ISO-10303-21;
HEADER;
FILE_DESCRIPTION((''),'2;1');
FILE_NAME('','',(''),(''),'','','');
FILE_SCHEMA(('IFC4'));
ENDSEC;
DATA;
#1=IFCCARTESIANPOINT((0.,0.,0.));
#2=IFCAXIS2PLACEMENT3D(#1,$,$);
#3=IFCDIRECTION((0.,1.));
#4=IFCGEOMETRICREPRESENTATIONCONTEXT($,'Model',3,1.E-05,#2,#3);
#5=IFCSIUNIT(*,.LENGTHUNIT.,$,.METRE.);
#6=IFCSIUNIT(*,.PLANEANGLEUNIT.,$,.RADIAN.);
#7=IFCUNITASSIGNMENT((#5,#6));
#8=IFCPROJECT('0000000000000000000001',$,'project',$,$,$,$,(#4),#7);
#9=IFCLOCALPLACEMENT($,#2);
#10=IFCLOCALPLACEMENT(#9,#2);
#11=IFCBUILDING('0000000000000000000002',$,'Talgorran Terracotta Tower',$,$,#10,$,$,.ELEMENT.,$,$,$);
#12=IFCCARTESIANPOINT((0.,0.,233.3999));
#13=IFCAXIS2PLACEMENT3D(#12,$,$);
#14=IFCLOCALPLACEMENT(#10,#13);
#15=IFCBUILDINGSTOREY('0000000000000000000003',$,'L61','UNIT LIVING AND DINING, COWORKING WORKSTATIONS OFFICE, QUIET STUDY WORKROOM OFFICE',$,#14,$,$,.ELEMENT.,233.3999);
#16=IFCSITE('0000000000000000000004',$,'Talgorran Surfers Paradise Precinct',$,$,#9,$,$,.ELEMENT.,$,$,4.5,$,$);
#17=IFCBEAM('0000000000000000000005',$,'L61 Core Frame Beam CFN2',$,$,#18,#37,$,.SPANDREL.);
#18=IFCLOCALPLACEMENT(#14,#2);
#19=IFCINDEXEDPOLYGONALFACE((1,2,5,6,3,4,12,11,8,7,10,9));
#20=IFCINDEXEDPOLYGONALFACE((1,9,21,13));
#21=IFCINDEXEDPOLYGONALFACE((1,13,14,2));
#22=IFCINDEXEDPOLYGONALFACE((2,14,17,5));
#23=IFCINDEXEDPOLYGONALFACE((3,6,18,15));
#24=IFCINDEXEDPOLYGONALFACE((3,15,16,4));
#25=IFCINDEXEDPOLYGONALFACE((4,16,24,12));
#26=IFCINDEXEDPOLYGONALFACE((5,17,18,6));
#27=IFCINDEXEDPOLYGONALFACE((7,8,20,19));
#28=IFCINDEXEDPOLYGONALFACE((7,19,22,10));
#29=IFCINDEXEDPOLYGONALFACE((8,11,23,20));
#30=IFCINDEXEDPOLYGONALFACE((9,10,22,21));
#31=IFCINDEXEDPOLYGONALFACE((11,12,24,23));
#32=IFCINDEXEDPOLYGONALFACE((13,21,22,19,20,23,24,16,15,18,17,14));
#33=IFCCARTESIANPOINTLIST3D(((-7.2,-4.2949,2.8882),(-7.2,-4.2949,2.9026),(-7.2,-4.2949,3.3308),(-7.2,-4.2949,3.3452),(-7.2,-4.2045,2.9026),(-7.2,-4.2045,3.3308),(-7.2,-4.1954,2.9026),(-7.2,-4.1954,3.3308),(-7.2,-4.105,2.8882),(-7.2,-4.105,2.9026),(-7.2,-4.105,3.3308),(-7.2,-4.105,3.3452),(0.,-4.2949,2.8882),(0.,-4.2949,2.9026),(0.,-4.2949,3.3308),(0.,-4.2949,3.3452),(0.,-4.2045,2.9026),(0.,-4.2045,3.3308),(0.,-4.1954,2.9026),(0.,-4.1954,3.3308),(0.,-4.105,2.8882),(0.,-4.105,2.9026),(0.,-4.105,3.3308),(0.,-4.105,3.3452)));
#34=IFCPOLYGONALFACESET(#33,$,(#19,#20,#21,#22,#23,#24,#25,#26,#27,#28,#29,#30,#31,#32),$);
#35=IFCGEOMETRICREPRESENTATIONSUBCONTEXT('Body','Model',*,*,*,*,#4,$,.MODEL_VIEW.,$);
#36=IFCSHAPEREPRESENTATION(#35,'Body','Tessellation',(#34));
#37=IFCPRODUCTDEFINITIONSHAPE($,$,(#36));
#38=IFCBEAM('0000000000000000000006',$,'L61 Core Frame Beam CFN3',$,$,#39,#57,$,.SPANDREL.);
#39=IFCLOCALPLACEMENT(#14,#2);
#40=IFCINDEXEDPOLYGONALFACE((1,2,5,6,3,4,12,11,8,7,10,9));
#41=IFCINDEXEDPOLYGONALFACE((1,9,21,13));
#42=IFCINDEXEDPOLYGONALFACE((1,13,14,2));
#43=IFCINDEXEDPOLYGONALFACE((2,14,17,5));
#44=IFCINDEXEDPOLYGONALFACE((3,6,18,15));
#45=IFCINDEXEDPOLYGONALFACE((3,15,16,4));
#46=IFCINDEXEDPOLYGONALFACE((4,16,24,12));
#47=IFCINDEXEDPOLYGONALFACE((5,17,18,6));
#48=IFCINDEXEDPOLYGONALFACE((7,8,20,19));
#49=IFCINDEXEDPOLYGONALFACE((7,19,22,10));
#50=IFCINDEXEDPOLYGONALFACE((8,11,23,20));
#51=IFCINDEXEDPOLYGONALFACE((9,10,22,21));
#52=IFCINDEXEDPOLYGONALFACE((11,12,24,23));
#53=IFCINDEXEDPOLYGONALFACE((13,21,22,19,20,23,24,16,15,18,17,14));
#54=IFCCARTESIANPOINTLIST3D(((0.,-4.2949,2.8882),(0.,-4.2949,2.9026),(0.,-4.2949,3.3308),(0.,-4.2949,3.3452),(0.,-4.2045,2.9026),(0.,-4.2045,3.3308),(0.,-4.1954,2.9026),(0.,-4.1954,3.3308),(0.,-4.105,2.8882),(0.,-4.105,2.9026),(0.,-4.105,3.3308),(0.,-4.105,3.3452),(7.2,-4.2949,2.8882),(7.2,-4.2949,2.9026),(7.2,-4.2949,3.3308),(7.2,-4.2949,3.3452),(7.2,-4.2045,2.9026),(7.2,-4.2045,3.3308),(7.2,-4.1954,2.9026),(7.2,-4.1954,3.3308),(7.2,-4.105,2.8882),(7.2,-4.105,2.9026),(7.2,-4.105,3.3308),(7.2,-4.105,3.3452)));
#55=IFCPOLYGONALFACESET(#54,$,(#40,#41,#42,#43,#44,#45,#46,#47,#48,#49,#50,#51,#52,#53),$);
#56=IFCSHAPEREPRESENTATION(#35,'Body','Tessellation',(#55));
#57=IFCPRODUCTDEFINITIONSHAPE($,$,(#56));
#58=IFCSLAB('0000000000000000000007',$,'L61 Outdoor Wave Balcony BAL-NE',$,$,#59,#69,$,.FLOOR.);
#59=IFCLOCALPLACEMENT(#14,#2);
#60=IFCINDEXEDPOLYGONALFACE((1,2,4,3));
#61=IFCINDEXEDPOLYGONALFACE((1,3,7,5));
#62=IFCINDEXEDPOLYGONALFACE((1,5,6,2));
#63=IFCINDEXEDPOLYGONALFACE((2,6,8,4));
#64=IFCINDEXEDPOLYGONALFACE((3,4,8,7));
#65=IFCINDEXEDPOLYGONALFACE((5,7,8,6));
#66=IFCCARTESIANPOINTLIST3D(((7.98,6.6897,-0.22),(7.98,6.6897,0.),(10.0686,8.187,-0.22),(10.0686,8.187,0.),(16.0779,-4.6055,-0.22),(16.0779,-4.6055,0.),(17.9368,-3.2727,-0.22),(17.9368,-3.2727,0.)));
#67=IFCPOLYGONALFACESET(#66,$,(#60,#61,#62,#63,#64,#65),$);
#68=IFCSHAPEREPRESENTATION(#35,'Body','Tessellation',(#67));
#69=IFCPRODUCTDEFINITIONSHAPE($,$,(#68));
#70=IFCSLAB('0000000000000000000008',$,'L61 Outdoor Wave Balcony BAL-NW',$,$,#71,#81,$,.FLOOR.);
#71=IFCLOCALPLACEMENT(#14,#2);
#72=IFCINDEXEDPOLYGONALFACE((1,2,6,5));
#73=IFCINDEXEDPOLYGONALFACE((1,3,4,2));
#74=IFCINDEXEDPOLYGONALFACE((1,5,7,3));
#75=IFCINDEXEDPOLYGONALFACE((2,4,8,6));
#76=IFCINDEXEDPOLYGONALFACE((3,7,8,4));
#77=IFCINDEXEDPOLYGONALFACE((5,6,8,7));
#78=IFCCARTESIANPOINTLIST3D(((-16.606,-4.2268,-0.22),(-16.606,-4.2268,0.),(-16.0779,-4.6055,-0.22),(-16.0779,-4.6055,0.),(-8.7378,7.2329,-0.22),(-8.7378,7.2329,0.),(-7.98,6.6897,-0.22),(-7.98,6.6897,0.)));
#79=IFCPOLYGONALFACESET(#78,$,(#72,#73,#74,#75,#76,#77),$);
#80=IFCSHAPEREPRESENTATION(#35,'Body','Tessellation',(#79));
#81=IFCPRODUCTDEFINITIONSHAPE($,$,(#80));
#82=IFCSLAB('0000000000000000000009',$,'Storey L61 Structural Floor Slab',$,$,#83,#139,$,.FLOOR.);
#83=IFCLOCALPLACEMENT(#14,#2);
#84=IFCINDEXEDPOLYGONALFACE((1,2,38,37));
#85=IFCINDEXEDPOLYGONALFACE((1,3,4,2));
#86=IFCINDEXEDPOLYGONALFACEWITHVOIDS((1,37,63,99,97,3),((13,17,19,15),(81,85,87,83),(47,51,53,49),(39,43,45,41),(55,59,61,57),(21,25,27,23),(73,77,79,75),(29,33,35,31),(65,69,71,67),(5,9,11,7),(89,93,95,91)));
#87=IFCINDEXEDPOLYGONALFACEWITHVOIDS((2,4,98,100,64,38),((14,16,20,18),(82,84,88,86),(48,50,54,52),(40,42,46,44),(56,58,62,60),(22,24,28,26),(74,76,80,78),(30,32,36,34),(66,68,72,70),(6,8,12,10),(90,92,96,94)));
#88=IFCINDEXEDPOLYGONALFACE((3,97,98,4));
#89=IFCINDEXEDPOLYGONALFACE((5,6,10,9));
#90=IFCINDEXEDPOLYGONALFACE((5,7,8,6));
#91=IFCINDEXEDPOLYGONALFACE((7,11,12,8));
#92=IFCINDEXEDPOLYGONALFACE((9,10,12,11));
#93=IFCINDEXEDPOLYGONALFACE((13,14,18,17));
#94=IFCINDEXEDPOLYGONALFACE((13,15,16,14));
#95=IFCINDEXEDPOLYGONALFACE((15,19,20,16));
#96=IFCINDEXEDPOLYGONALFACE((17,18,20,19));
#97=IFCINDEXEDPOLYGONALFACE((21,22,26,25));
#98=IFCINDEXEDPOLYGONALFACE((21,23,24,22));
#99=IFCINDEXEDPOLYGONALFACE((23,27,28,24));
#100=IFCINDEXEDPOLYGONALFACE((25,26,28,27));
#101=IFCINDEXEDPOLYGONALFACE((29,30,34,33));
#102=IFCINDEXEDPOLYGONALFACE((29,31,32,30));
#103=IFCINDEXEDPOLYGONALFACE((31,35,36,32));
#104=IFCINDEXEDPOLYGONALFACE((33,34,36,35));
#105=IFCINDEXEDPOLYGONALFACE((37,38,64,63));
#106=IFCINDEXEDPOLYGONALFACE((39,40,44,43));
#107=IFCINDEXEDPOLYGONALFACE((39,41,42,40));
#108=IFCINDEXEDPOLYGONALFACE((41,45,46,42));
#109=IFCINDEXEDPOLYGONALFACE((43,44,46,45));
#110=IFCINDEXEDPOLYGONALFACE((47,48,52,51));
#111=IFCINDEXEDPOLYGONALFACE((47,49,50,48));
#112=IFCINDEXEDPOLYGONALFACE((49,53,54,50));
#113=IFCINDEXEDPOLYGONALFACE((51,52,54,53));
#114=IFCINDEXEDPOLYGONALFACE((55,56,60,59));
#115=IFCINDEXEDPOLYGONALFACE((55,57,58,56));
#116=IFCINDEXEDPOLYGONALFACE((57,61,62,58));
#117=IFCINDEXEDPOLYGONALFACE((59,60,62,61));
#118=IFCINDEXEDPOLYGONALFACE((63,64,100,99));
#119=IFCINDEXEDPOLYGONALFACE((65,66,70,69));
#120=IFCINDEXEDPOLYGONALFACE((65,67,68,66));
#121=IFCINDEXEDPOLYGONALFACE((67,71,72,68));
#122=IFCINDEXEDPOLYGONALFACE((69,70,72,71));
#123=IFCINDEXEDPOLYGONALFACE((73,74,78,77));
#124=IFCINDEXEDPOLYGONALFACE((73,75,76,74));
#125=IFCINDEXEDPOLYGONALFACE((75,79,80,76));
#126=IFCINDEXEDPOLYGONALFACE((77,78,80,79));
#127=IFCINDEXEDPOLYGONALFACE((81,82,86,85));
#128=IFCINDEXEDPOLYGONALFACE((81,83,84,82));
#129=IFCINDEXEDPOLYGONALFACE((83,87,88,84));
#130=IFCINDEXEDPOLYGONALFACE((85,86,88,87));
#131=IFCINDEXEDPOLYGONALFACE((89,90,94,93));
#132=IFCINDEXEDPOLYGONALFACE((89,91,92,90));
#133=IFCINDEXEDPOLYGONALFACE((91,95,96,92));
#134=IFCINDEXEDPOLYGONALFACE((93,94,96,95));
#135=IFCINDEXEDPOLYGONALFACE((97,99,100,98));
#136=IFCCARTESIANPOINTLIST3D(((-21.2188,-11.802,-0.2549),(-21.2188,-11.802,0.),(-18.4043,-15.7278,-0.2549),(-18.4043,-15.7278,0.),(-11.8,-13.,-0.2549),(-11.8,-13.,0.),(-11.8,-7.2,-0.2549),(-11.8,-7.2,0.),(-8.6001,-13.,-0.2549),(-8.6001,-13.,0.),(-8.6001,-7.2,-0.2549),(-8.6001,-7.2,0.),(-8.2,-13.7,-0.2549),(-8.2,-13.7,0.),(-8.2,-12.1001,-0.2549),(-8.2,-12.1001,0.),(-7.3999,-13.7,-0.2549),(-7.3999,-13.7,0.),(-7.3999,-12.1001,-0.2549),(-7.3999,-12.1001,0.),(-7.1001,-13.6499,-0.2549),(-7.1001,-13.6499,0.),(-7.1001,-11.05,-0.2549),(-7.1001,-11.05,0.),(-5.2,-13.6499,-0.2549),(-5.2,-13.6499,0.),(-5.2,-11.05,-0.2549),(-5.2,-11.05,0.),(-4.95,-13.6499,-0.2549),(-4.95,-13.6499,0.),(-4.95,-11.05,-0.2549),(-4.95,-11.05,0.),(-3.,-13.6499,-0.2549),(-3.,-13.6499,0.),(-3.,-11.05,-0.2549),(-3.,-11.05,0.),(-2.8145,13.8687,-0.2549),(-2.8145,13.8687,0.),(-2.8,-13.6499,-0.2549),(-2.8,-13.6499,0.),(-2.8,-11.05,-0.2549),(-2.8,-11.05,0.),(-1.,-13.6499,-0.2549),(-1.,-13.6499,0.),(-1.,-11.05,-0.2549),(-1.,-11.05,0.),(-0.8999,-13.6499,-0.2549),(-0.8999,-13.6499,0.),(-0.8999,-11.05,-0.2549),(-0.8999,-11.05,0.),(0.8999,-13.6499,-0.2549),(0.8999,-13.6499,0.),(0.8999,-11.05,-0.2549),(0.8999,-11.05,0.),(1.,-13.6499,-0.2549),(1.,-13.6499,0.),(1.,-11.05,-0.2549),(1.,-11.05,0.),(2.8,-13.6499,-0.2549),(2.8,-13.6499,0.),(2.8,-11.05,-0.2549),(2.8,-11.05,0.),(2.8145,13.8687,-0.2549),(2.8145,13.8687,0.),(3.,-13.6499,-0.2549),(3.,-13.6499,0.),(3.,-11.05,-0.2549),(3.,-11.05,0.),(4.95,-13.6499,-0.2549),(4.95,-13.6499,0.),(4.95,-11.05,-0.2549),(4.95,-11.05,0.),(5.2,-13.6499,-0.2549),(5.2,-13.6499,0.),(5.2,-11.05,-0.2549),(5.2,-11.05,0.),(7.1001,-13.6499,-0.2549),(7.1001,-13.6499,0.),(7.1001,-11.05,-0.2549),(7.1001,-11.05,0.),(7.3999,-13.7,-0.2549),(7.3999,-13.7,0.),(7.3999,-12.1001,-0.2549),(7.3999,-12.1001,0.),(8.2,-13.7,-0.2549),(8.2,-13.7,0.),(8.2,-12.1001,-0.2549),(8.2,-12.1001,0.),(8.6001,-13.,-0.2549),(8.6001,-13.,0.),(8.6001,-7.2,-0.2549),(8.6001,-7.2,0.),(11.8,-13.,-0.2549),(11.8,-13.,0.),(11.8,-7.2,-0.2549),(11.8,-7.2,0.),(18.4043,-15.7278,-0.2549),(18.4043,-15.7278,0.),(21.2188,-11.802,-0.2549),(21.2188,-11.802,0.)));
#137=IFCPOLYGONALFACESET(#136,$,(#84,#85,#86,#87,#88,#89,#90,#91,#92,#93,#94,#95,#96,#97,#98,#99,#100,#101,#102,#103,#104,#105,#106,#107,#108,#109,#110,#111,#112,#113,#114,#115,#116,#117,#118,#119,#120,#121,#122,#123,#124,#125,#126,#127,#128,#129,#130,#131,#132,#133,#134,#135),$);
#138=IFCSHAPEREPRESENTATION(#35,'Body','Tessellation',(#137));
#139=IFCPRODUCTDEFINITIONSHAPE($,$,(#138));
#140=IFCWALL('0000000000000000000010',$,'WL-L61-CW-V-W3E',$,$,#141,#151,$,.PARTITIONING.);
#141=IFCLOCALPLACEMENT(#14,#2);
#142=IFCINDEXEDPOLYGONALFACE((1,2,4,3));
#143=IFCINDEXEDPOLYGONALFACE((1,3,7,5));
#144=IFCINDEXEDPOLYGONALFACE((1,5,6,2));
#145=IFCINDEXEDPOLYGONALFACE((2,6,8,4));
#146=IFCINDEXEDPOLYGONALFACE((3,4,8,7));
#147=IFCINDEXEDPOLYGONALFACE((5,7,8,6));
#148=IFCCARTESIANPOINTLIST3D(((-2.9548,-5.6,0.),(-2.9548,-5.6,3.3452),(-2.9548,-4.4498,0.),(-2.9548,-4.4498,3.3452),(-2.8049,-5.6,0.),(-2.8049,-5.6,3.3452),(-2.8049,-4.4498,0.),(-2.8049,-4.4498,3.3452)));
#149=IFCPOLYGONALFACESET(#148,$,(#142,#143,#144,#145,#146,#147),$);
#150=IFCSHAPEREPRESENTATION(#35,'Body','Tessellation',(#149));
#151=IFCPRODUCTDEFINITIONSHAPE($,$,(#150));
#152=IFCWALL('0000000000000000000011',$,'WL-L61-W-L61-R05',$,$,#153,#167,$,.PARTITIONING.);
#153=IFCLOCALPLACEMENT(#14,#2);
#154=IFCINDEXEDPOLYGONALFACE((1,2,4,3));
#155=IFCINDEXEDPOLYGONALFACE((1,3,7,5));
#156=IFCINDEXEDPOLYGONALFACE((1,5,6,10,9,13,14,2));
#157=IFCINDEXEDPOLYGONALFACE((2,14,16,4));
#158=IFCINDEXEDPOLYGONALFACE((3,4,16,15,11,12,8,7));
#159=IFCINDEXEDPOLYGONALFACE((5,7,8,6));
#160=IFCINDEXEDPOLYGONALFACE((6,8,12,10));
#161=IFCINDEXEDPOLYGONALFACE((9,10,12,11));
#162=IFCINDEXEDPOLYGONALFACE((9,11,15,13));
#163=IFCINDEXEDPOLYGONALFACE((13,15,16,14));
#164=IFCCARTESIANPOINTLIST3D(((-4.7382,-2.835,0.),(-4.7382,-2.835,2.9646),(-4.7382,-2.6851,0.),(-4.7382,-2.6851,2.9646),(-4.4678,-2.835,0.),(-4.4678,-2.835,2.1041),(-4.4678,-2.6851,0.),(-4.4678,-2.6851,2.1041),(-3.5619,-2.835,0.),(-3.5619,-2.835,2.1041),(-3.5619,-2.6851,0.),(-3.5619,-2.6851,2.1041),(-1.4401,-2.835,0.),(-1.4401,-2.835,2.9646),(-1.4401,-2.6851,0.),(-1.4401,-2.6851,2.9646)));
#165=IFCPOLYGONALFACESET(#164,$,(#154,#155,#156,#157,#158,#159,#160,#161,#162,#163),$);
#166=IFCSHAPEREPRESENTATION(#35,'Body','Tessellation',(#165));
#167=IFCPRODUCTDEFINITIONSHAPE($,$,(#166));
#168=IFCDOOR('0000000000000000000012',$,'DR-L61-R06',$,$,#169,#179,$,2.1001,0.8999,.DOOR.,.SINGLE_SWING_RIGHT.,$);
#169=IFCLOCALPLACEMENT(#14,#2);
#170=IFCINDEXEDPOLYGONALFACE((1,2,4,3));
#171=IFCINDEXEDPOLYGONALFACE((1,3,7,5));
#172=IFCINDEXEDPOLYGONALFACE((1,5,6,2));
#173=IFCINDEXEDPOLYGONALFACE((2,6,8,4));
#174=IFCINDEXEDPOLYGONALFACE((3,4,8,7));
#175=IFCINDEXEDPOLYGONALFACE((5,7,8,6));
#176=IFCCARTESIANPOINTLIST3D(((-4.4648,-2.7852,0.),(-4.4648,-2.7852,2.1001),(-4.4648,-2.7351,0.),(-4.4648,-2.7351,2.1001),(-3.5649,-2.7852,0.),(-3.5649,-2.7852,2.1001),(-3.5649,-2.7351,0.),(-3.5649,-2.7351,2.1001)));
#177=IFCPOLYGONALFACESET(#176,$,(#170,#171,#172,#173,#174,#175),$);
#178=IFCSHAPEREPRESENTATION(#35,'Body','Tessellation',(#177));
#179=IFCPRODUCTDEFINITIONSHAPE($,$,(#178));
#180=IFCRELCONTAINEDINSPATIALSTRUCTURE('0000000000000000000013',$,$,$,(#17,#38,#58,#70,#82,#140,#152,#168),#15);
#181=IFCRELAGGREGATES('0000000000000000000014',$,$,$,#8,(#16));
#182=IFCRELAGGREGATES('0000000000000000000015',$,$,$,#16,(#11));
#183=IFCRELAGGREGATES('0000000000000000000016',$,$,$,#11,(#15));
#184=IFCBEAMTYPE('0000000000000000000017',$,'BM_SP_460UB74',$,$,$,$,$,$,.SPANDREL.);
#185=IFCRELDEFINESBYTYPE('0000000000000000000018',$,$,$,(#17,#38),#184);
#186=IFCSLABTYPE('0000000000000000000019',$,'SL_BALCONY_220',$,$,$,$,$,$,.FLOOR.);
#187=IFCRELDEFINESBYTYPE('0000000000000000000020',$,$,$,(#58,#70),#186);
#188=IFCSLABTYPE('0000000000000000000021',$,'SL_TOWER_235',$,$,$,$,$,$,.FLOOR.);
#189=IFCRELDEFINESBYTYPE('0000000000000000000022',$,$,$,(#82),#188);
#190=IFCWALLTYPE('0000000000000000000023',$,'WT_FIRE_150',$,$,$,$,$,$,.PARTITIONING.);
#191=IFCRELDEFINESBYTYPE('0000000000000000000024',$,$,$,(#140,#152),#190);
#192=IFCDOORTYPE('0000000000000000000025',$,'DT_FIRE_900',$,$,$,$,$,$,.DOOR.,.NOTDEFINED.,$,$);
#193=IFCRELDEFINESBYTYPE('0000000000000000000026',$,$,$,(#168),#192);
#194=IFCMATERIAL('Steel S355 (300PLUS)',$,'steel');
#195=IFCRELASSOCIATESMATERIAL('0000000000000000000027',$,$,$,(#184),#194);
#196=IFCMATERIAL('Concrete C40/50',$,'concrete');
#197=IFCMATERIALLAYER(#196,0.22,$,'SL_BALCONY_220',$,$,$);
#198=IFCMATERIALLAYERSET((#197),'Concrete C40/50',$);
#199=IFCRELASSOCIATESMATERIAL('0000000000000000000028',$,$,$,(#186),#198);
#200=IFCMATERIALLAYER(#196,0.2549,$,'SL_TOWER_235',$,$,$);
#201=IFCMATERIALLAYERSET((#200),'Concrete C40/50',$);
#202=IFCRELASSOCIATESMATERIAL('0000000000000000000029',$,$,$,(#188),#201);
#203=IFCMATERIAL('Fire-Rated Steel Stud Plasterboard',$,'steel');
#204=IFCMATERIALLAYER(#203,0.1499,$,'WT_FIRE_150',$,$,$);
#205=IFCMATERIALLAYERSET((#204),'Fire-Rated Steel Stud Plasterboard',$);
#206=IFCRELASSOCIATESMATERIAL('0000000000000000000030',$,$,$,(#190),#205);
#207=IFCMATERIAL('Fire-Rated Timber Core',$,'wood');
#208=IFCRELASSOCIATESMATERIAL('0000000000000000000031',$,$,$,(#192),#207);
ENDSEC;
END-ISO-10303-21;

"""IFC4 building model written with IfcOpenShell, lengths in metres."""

from ifc_helpers import new_model, si_unit, direction, frame, frame_2d, origin, origin_2d, place, context, subcontext, project, spatial, polyline, rectangle, i_section, outline, extrude, material, layer, layer_set, material_profile, profile_set, type_object, element, fill, save


model = new_model("IFC4")

# Units and contexts
model_context = context("Model", 3, precision=1e-05, world=origin(), true_north=direction((0.0, 1.0)))
body_context = subcontext(model_context, "Body", "Model", "MODEL_VIEW")
ifc_project = project(units=[si_unit("LENGTHUNIT", "METRE"), si_unit("PLANEANGLEUNIT", "RADIAN")], contexts=[model_context])

# Site, building, storey
site_placement = place(None, origin())
site = spatial("IfcSite", under=ifc_project, at=site_placement, Name="Talgorran Surfers Paradise Precinct", CompositionType="ELEMENT", RefElevation=4.5)
building_placement = place(site_placement, origin())
building = spatial("IfcBuilding", under=site, at=building_placement, Name="Talgorran Terracotta Tower", CompositionType="ELEMENT")
storey_placement = place(building_placement, frame((0.0, 0.0, 233.3999)))
storey = spatial("IfcBuildingStorey", under=building, at=storey_placement, Name="L61", Description="UNIT LIVING AND DINING, COWORKING WORKSTATIONS OFFICE, QUIET STUDY WORKROOM OFFICE", CompositionType="ELEMENT", Elevation=233.3999)

# Shared definitions
ifc_material_1 = material(Name="Steel S355 (300PLUS)", Category="steel")

# Beams
ifc_material_profile_1 = material_profile(ifc_material_1, i_section(OverallWidth=0.1899, OverallDepth=0.457, WebThickness=0.009, FlangeThickness=0.0144, at=origin_2d()), Name="460UB74.6")
ifc_profile_set_1 = profile_set([ifc_material_profile_1], Name="Steel S355 (300PLUS)")
beam_type_1 = type_object("IfcBeamType", Name="BM_SP_460UB74", PredefinedType="SPANDREL", material=ifc_profile_set_1)
for number, where, z_axis, x_axis, name in (
    (1, (-7.2, -4.2, 3.1167), (1.0, 0.0, 0.0), (0.0, 1.0, 0.0), "L61 Core Frame Beam CFN2"),
    (2, (0.0, -4.2, 3.1167), (1.0, 0.0, 0.0), (0.0, 1.0, 0.0), "L61 Core Frame Beam CFN3"),
):
    element("IfcBeam", number, at=place(storey_placement, frame(where, z_axis=z_axis, x_axis=x_axis)), inside=storey, type_object=beam_type_1, Name=name, PredefinedType="SPANDREL", context=body_context, shape_type="SweptSolid", body=[
        extrude(i_section(OverallWidth=0.1899, OverallDepth=0.457, WebThickness=0.009, FlangeThickness=0.0144, at=origin_2d()), origin(), (0.0, 0.0, 1.0), 7.2),
    ])

# Slabs
ifc_material_2 = material(Name="Concrete C40/50", Category="concrete")
ifc_layer_1 = layer(ifc_material_2, 0.22, Name="SL_BALCONY_220")
ifc_layer_set_1 = layer_set([ifc_layer_1], Name="Concrete C40/50")
slab_type_1 = type_object("IfcSlabType", Name="SL_BALCONY_220", PredefinedType="FLOOR", material=ifc_layer_set_1)
slab_1_placement = place(storey_placement, frame((0.0, 0.0, -0.22)))
element("IfcSlab", 3, at=slab_1_placement, inside=storey, type_object=slab_type_1, Name="L61 Outdoor Wave Balcony BAL-NE", PredefinedType="FLOOR", context=body_context, shape_type="SweptSolid", body=[
    extrude(outline(polyline([(7.98, 6.6897), (16.0779, -4.6055), (17.9368, -3.2727), (10.0686, 8.187), (7.98, 6.6897)])), origin(), (0.0, 0.0, 1.0), 0.22),
])
slab_2_placement = place(storey_placement, frame((0.0, 0.0, -0.22)))
element("IfcSlab", 4, at=slab_2_placement, inside=storey, type_object=slab_type_1, Name="L61 Outdoor Wave Balcony BAL-NW", PredefinedType="FLOOR", context=body_context, shape_type="SweptSolid", body=[
    extrude(outline(polyline([(-16.0779, -4.6055), (-7.98, 6.6897), (-8.7378, 7.2329), (-16.606, -4.2268), (-16.0779, -4.6055)])), origin(), (0.0, 0.0, 1.0), 0.22),
])
ifc_layer_2 = layer(ifc_material_2, 0.2549, Name="SL_TOWER_235")
ifc_layer_set_2 = layer_set([ifc_layer_2], Name="Concrete C40/50")
slab_type_2 = type_object("IfcSlabType", Name="SL_TOWER_235", PredefinedType="FLOOR", material=ifc_layer_set_2)
slab_3_placement = place(storey_placement, frame((0.0, 0.0, -0.2549)))
element("IfcSlab", 5, at=slab_3_placement, inside=storey, type_object=slab_type_2, Name="Storey L61 Structural Floor Slab", PredefinedType="FLOOR", context=body_context, shape_type="SweptSolid", body=[
    extrude(outline(polyline([(-21.2188, -11.802), (-18.4043, -15.7278), (18.4043, -15.7278), (21.2188, -11.802), (2.8145, 13.8687), (-2.8145, 13.8687), (-21.2188, -11.802)]), holes=[polyline([(-11.8, -7.2), (-11.8, -13.0), (-8.6001, -13.0), (-8.6001, -7.2), (-11.8, -7.2)]), polyline([(8.6001, -7.2), (8.6001, -13.0), (11.8, -13.0), (11.8, -7.2), (8.6001, -7.2)]), polyline([(-7.1001, -13.6499), (-5.2, -13.6499), (-5.2, -11.05), (-7.1001, -11.05), (-7.1001, -13.6499)]), polyline([(5.2, -13.6499), (7.1001, -13.6499), (7.1001, -11.05), (5.2, -11.05), (5.2, -13.6499)]), polyline([(3.0, -13.6499), (4.95, -13.6499), (4.95, -11.05), (3.0, -11.05), (3.0, -13.6499)]), polyline([(-4.95, -13.6499), (-3.0, -13.6499), (-3.0, -11.05), (-4.95, -11.05), (-4.95, -13.6499)]), polyline([(-2.8, -13.6499), (-1.0, -13.6499), (-1.0, -11.05), (-2.8, -11.05), (-2.8, -13.6499)]), polyline([(-0.8999, -13.6499), (0.8999, -13.6499), (0.8999, -11.05), (-0.8999, -11.05), (-0.8999, -13.6499)]), polyline([(1.0, -13.6499), (2.8, -13.6499), (2.8, -11.05), (1.0, -11.05), (1.0, -13.6499)]), polyline([(-8.2, -13.7), (-7.3999, -13.7), (-7.3999, -12.1001), (-8.2, -12.1001), (-8.2, -13.7)]), polyline([(7.3999, -13.7), (8.2, -13.7), (8.2, -12.1001), (7.3999, -12.1001), (7.3999, -13.7)])]), origin(), (0.0, 0.0, 1.0), 0.2549),
])

# Wall
ifc_material_3 = material(Name="Fire-Rated Steel Stud Plasterboard", Category="steel")
ifc_layer_3 = layer(ifc_material_3, 0.1499, Name="WT_FIRE_150")
ifc_layer_set_3 = layer_set([ifc_layer_3], Name="Fire-Rated Steel Stud Plasterboard")
wall_type_1 = type_object("IfcWallType", Name="WT_FIRE_150", PredefinedType="PARTITIONING", material=ifc_layer_set_3)
wall_1_placement = place(storey_placement, frame((-2.8799, -5.6001, 0.0), z_axis=(0.0, 0.0, 1.0), x_axis=(0.0, 1.0, 0.0)))
element("IfcWall", 6, at=wall_1_placement, inside=storey, type_object=wall_type_1, Name="WL-L61-CW-V-W3E", PredefinedType="PARTITIONING", context=body_context, shape_type="SweptSolid", body=[
    extrude(rectangle(XDim=1.1501, YDim=0.1499, at=frame_2d((0.5752, 0.0))), origin(), (0.0, 0.0, 1.0), 3.3452),
])

# Wall, opening, door
wall_2_placement = place(storey_placement, frame((-4.738, -2.76, 0.0), z_axis=(0.0, 0.0, 1.0), x_axis=(1.0, 0.0, 0.0)))
wall_2 = element("IfcWall", 7, at=wall_2_placement, inside=storey, type_object=wall_type_1, Name="WL-L61-W-L61-R05", PredefinedType="PARTITIONING", context=body_context, shape_type="SweptSolid", body=[
    extrude(rectangle(XDim=3.2981, YDim=0.1499, at=frame_2d((1.6489, 0.0))), origin(), (0.0, 0.0, 1.0), 2.9646),
])
opening_1_placement = place(wall_2_placement, frame((0.2732, 0.0, 0.0)))
opening_1 = element("IfcOpeningElement", 8, at=opening_1_placement, cuts=wall_2, PredefinedType="OPENING", context=body_context, shape_type="SweptSolid", body=[
    extrude(rectangle(XDim=0.9059, YDim=2.1041, at=frame_2d((0.45, 1.052))), frame((0.0, 0.085, 0.0), z_axis=(0.0, -1.0, 0.0), x_axis=(1.0, 0.0, 0.0)), (0.0, 0.0, 1.0), 0.1699),
])
ifc_material_4 = material(Name="Fire-Rated Timber Core", Category="wood")
door_type_1 = type_object("IfcDoorType", Name="DT_FIRE_900", OperationType="NOTDEFINED", PredefinedType="DOOR", material=ifc_material_4)
door_1_placement = place(opening_1_placement, origin())
door_1 = element("IfcDoor", 9, at=door_1_placement, inside=storey, type_object=door_type_1, Name="DR-L61-R06", OperationType="SINGLE_SWING_RIGHT", OverallHeight=2.1001, OverallWidth=0.8999, PredefinedType="DOOR", context=body_context, shape_type="SweptSolid", body=[
    extrude(rectangle(XDim=0.8999, YDim=2.1001, at=frame_2d((0.45, 1.05))), frame((0.0, 0.0249, 0.0), z_axis=(0.0, -1.0, 0.0), x_axis=(1.0, 0.0, 0.0)), (0.0, 0.0, 1.0), 0.05),
])
fill(opening_1, door_1)

save(model, "model.ifc")
